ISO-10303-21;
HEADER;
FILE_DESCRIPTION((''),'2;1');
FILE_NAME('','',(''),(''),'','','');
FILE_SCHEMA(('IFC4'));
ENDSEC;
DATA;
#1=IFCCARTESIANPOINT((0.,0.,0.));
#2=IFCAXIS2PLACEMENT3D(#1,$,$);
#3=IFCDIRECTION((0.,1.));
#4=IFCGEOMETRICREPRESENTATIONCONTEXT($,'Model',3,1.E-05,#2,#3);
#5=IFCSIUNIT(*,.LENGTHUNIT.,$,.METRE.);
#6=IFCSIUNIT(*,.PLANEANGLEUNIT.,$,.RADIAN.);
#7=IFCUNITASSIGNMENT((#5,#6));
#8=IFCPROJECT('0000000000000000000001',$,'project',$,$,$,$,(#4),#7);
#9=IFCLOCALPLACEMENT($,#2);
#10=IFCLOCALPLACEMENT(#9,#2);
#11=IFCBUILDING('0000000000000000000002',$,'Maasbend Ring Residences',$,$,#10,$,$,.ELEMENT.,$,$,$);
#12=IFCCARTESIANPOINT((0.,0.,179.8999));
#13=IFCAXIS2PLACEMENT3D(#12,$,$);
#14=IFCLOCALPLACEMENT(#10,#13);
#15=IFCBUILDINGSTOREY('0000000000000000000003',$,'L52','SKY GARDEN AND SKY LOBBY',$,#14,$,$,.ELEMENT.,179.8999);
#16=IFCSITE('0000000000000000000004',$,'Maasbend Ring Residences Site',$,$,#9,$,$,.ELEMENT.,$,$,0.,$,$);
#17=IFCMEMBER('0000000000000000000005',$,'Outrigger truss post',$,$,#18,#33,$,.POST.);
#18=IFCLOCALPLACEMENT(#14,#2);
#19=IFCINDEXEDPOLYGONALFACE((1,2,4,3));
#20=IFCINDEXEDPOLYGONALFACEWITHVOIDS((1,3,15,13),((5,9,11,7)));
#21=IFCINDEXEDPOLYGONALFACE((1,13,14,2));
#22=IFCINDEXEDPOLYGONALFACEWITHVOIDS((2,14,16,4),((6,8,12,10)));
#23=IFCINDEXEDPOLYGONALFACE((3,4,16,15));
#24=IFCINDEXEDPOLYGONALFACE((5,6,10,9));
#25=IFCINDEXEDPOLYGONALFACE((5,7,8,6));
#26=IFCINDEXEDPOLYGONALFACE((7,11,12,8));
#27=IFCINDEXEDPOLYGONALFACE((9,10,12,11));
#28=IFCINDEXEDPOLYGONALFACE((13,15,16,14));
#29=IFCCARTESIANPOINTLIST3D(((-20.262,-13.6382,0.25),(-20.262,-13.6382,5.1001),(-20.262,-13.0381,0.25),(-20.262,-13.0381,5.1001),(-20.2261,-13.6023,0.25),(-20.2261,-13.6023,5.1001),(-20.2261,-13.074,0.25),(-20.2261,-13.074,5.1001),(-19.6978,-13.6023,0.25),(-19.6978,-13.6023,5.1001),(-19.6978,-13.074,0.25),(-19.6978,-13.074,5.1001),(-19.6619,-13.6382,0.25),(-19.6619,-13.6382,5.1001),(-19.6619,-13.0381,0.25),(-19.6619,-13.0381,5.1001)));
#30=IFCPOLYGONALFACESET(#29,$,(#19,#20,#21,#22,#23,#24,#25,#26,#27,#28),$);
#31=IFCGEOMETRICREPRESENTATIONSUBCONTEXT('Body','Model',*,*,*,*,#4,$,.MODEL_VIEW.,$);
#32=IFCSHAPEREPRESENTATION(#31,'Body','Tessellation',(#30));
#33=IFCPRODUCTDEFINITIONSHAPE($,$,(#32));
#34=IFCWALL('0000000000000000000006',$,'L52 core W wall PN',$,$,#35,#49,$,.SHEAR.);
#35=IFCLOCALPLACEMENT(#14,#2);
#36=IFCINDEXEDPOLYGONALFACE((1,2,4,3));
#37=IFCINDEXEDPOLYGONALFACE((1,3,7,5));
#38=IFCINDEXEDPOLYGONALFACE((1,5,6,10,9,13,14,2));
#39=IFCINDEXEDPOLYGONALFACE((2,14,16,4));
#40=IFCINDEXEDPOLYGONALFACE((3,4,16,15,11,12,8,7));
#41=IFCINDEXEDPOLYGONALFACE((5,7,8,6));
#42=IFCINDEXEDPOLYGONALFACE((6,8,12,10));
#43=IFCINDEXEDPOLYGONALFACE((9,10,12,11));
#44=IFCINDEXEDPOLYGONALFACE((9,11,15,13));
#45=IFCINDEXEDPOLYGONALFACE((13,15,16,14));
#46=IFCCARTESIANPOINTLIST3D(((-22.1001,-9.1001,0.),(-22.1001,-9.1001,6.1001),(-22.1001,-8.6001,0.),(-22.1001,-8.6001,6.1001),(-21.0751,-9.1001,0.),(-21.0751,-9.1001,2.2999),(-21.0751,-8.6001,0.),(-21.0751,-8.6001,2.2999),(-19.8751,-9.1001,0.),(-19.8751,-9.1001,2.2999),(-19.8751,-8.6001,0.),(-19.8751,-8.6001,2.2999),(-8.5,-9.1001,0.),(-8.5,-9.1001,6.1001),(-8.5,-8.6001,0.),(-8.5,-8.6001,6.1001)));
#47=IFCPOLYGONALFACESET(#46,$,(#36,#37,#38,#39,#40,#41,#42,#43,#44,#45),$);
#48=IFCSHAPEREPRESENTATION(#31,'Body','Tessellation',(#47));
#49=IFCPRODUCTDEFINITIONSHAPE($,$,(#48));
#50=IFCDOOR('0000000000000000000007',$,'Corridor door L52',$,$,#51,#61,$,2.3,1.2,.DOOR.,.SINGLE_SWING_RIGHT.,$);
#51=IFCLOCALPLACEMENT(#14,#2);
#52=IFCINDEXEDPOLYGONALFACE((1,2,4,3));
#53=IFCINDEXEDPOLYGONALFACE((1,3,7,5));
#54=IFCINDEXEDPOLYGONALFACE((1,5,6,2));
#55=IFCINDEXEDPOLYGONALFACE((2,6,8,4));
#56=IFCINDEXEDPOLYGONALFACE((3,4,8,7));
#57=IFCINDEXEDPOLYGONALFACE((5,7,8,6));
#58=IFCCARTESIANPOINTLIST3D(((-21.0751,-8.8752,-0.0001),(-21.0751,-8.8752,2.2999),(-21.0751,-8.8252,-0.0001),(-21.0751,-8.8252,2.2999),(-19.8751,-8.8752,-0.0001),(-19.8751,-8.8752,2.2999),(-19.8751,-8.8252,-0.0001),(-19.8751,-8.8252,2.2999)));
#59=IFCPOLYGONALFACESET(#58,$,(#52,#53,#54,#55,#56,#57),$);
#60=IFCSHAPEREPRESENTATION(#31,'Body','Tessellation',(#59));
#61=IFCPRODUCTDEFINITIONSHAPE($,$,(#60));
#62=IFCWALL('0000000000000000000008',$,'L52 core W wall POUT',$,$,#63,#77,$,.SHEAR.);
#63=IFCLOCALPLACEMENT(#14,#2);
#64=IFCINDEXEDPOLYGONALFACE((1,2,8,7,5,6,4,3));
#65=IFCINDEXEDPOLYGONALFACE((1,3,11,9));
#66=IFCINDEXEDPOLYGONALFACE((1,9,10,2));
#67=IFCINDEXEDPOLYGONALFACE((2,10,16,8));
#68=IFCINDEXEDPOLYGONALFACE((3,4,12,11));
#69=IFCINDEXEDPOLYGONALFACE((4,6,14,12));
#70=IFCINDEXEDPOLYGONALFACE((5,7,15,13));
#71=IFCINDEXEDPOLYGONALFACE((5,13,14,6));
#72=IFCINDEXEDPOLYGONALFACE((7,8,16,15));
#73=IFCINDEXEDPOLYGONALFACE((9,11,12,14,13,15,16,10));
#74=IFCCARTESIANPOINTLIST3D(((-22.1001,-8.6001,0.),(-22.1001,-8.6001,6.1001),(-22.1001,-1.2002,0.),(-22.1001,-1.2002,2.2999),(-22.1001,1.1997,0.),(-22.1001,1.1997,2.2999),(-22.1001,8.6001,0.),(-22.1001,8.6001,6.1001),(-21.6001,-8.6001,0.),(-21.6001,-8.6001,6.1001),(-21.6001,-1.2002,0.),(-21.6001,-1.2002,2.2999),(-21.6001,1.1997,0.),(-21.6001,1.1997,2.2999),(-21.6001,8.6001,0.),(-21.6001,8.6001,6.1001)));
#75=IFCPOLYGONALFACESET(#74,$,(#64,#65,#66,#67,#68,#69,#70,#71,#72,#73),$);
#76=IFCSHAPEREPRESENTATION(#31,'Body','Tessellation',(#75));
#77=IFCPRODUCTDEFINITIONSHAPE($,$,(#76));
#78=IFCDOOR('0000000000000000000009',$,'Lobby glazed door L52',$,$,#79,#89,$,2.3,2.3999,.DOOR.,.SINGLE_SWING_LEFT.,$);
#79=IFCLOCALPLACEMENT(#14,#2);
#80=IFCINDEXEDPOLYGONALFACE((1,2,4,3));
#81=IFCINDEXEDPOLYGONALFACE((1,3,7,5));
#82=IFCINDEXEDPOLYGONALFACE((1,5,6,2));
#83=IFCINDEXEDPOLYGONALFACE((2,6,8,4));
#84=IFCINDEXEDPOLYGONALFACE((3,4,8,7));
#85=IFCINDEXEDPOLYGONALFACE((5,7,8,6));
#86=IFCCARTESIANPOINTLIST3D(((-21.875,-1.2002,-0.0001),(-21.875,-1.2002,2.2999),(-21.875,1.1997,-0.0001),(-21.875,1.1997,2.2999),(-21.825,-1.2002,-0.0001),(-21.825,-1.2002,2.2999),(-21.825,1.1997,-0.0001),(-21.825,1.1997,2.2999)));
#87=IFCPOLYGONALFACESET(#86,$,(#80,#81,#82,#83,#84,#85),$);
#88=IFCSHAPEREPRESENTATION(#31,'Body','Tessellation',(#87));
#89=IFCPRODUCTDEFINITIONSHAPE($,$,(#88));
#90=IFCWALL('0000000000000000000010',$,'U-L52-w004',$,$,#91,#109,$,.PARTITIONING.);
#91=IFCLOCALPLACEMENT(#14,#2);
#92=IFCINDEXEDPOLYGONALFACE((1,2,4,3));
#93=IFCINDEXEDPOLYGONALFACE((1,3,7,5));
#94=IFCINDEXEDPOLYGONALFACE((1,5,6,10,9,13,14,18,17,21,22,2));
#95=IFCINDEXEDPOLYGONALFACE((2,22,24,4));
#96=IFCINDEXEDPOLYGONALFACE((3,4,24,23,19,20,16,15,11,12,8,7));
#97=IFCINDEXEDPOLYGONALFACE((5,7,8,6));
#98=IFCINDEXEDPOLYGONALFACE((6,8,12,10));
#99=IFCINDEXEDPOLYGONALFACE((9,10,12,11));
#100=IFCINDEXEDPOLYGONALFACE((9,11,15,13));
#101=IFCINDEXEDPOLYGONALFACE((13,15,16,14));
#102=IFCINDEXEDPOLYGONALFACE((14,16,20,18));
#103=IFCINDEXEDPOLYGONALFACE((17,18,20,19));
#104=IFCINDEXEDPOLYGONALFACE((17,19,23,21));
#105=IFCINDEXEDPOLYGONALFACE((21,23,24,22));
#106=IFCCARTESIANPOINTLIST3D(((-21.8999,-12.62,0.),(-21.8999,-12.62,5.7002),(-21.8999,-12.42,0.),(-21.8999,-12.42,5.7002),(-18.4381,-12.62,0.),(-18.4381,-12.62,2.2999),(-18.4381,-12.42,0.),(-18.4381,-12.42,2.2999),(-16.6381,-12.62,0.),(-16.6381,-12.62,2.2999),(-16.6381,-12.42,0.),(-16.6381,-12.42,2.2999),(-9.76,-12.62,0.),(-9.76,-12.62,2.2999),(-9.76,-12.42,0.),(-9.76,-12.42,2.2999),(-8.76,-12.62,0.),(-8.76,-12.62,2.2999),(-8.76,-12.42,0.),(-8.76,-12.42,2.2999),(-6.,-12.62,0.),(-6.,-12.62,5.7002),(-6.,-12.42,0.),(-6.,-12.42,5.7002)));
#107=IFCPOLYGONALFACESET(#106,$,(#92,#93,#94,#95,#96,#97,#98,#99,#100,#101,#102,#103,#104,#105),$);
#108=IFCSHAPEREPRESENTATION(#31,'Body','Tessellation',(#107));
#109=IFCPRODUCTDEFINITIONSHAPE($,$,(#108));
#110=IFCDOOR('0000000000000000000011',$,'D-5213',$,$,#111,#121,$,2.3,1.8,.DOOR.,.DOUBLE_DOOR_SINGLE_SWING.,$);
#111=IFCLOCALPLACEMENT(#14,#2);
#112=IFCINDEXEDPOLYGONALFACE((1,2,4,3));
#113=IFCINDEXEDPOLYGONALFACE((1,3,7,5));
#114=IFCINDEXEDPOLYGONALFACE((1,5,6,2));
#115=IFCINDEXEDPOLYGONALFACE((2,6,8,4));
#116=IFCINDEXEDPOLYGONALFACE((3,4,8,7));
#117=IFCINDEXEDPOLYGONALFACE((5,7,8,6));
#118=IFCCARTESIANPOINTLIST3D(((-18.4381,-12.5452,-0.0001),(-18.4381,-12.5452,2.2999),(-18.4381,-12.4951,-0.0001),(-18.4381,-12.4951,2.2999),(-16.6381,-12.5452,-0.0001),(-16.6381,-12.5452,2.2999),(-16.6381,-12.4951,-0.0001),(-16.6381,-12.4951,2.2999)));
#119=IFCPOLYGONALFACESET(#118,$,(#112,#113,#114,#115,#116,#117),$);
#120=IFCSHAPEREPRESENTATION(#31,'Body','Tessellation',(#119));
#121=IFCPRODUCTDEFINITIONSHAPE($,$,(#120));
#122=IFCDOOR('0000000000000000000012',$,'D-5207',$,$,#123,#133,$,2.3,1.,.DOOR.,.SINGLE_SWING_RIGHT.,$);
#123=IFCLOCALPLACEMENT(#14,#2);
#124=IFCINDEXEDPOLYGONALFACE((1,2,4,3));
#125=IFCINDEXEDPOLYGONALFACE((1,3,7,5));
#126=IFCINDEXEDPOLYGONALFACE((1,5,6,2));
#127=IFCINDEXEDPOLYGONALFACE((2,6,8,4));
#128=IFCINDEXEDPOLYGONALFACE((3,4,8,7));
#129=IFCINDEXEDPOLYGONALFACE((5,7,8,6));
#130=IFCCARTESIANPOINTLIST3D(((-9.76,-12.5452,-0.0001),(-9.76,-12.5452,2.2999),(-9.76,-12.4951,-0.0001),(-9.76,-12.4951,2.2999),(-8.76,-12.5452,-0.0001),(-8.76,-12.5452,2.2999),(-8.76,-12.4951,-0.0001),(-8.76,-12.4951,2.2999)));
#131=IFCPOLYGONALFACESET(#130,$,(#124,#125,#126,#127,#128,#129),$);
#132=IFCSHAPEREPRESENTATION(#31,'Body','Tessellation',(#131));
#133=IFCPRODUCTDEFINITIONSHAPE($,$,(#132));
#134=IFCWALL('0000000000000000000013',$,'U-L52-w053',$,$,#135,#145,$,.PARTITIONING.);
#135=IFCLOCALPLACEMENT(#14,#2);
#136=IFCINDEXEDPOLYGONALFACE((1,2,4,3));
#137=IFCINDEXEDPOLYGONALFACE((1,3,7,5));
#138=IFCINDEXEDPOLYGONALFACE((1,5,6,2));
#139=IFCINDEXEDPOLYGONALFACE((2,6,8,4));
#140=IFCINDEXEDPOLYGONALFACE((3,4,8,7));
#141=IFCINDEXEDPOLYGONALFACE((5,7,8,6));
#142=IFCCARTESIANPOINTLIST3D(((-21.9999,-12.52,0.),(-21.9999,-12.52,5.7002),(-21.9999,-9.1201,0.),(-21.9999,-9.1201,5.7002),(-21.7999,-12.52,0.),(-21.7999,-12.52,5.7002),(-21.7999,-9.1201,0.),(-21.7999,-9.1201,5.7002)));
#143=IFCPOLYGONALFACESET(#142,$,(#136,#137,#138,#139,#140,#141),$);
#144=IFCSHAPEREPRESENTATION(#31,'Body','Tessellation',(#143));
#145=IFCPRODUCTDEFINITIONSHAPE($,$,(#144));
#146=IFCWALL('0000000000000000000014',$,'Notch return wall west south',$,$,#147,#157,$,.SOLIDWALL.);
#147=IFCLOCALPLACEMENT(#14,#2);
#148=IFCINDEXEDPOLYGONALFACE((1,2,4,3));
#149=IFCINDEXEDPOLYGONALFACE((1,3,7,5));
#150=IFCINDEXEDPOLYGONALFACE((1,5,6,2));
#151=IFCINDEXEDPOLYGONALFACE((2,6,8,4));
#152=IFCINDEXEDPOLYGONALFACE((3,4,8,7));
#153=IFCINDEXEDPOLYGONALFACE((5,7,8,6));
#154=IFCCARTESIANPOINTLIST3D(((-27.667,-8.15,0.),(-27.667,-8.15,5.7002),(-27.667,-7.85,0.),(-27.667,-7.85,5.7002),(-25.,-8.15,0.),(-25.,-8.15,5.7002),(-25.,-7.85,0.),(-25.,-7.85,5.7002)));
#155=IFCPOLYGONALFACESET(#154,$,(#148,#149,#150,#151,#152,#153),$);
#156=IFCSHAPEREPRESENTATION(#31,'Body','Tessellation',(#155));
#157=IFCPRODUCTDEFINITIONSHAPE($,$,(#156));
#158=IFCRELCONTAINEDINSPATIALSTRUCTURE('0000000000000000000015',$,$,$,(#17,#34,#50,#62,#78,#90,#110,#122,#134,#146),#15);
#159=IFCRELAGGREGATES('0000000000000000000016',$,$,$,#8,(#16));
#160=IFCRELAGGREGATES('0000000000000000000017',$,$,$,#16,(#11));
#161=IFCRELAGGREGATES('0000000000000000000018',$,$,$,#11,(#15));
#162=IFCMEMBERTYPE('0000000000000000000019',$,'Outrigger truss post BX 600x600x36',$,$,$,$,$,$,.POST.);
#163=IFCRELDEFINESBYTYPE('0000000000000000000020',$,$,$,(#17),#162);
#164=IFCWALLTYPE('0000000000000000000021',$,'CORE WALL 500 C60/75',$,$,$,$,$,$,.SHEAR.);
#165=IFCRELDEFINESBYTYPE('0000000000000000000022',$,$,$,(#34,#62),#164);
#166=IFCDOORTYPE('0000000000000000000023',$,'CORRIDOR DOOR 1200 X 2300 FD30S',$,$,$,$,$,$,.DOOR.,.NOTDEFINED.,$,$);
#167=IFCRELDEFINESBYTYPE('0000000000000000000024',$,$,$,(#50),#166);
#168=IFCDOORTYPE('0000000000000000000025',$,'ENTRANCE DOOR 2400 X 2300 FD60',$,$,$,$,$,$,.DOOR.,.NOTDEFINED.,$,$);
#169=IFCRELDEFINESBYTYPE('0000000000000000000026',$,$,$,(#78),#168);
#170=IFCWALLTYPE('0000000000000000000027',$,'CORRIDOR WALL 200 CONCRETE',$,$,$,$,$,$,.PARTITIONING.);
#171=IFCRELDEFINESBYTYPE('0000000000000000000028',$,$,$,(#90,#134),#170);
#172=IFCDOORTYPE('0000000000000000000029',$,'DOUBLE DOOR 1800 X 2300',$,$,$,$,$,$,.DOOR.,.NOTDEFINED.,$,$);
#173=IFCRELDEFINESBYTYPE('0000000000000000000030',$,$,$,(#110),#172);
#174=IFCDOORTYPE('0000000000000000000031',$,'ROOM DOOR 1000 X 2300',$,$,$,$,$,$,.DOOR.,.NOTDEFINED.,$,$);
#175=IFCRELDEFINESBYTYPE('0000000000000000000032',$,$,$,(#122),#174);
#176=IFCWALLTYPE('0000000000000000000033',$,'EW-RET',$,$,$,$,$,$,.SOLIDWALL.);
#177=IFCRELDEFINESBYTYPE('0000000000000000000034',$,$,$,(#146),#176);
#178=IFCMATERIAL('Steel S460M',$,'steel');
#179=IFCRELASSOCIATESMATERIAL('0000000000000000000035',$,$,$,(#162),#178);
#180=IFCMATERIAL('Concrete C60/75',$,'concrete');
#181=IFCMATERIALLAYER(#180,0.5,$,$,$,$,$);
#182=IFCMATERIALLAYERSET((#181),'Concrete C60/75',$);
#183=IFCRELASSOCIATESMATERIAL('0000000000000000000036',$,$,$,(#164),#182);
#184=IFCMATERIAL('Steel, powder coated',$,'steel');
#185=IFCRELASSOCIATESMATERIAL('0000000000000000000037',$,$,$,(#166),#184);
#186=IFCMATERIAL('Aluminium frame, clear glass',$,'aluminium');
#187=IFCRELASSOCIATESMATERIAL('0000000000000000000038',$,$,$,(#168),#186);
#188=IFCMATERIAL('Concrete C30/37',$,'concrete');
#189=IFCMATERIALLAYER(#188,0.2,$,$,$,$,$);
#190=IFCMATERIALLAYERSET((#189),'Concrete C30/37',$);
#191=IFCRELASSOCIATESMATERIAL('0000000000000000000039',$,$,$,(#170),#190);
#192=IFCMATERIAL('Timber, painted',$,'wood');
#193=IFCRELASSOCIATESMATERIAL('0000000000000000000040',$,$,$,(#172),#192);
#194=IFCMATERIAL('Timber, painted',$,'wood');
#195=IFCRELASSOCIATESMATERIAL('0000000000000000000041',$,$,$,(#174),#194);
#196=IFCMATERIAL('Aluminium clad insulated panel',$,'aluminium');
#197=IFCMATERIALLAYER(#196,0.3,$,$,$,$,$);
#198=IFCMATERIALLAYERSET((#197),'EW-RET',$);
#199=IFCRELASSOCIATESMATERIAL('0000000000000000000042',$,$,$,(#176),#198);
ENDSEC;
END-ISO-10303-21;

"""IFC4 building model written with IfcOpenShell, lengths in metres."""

from ifc_helpers import new_model, si_unit, direction, frame, frame_2d, origin, origin_2d, place, context, subcontext, project, spatial, rectangle, hollow_rectangle, extrude, material, layer, layer_set, material_profile, profile_set, type_object, element, fill, save


model = new_model("IFC4")

# Units and contexts
model_context = context("Model", 3, precision=1e-05, world=origin(), true_north=direction((0.0, 1.0)))
body_context = subcontext(model_context, "Body", "Model", "MODEL_VIEW")
ifc_project = project(units=[si_unit("LENGTHUNIT", "METRE"), si_unit("PLANEANGLEUNIT", "RADIAN")], contexts=[model_context])

# Site, building, storey
site_placement = place(None, origin())
site = spatial("IfcSite", under=ifc_project, at=site_placement, Name="Maasbend Ring Residences Site", CompositionType="ELEMENT", RefElevation=0.0)
building_placement = place(site_placement, origin())
building = spatial("IfcBuilding", under=site, at=building_placement, Name="Maasbend Ring Residences", CompositionType="ELEMENT")
storey_placement = place(building_placement, frame((0.0, 0.0, 179.8999)))
storey = spatial("IfcBuildingStorey", under=building, at=storey_placement, Name="L52", Description="SKY GARDEN AND SKY LOBBY", CompositionType="ELEMENT", Elevation=179.8999)

# Member
ifc_material_1 = material(Name="Steel S460M", Category="steel")
ifc_material_profile_1 = material_profile(ifc_material_1, hollow_rectangle(XDim=0.6001, YDim=0.6001, WallThickness=0.0359, at=origin_2d()), Name="Outrigger truss post BX 600x600x36")
ifc_profile_set_1 = profile_set([ifc_material_profile_1], Name="Steel S460M")
member_type_1 = type_object("IfcMemberType", Name="Outrigger truss post BX 600x600x36", PredefinedType="POST", material=ifc_profile_set_1)
member_1_placement = place(storey_placement, frame((-19.9619, -13.3381, 0.25), z_axis=(0.0, 0.0, 1.0), x_axis=(1.0, 0.0, 0.0)))
element("IfcMember", 1, at=member_1_placement, inside=storey, type_object=member_type_1, Name="Outrigger truss post", PredefinedType="POST", context=body_context, shape_type="SweptSolid", body=[
    extrude(hollow_rectangle(XDim=0.6001, YDim=0.6001, WallThickness=0.0359, at=origin_2d()), origin(), (0.0, 0.0, 1.0), 4.8501),
])

# Walls, openings, doors
ifc_material_2 = material(Name="Concrete C60/75", Category="concrete")
ifc_layer_1 = layer(ifc_material_2, 0.5)
ifc_layer_set_1 = layer_set([ifc_layer_1], Name="Concrete C60/75")
wall_type_1 = type_object("IfcWallType", Name="CORE WALL 500 C60/75", PredefinedType="SHEAR", material=ifc_layer_set_1)
wall_1_placement = place(storey_placement, frame((-22.1001, -8.8501, 0.0), z_axis=(0.0, 0.0, 1.0), x_axis=(1.0, 0.0, 0.0)))
wall_1 = element("IfcWall", 2, at=wall_1_placement, inside=storey, type_object=wall_type_1, Name="L52 core W wall PN", PredefinedType="SHEAR", context=body_context, shape_type="SweptSolid", body=[
    extrude(rectangle(XDim=13.6001, YDim=0.5, at=frame_2d((6.8, 0.0))), origin(), (0.0, 0.0, 1.0), 6.1001),
])
opening_1_placement = place(wall_1_placement, frame((1.0249, 0.0, 0.0)))
opening_1 = element("IfcOpeningElement", 3, at=opening_1_placement, cuts=wall_1, PredefinedType="OPENING", context=body_context, shape_type="SweptSolid", body=[
    extrude(rectangle(XDim=1.2, YDim=2.3, at=frame_2d((0.6001, 1.1499))), frame((0.0, 0.26, 0.0), z_axis=(0.0, -1.0, 0.0), x_axis=(1.0, 0.0, 0.0)), (0.0, 0.0, 1.0), 0.52),
])
ifc_material_3 = material(Name="Steel, powder coated", Category="steel")
door_type_1 = type_object("IfcDoorType", Name="CORRIDOR DOOR 1200 X 2300 FD30S", OperationType="NOTDEFINED", PredefinedType="DOOR", material=ifc_material_3)
door_1_placement = place(opening_1_placement, origin())
door_1 = element("IfcDoor", 4, at=door_1_placement, inside=storey, type_object=door_type_1, Name="Corridor door L52", OperationType="SINGLE_SWING_RIGHT", OverallHeight=2.3, OverallWidth=1.2, PredefinedType="DOOR", context=body_context, shape_type="SweptSolid", body=[
    extrude(rectangle(XDim=1.2, YDim=2.3, at=frame_2d((0.6001, 1.1499))), frame((0.0, 0.0249, 0.0), z_axis=(0.0, -1.0, 0.0), x_axis=(1.0, 0.0, 0.0)), (0.0, 0.0, 1.0), 0.05),
])
fill(opening_1, door_1)
wall_2_placement = place(storey_placement, frame((-21.8501, -8.6001, 0.0), z_axis=(0.0, 0.0, 1.0), x_axis=(0.0, 1.0, 0.0)))
wall_2 = element("IfcWall", 5, at=wall_2_placement, inside=storey, type_object=wall_type_1, Name="L52 core W wall POUT", PredefinedType="SHEAR", context=body_context, shape_type="SweptSolid", body=[
    extrude(rectangle(XDim=17.2002, YDim=0.5, at=frame_2d((8.6001, 0.0))), origin(), (0.0, 0.0, 1.0), 6.1001),
])
opening_2_placement = place(wall_2_placement, frame((7.3999, 0.0, 0.0)))
opening_2 = element("IfcOpeningElement", 6, at=opening_2_placement, cuts=wall_2, PredefinedType="OPENING", context=body_context, shape_type="SweptSolid", body=[
    extrude(rectangle(XDim=2.3999, YDim=2.3, at=frame_2d((1.2, 1.1499))), frame((0.0, 0.26, 0.0), z_axis=(0.0, -1.0, 0.0), x_axis=(1.0, 0.0, 0.0)), (0.0, 0.0, 1.0), 0.52),
])
ifc_material_4 = material(Name="Aluminium frame, clear glass", Category="aluminium")
door_type_2 = type_object("IfcDoorType", Name="ENTRANCE DOOR 2400 X 2300 FD60", OperationType="NOTDEFINED", PredefinedType="DOOR", material=ifc_material_4)
door_2_placement = place(opening_2_placement, origin())
door_2 = element("IfcDoor", 7, at=door_2_placement, inside=storey, type_object=door_type_2, Name="Lobby glazed door L52", OperationType="SINGLE_SWING_LEFT", OverallHeight=2.3, OverallWidth=2.3999, PredefinedType="DOOR", context=body_context, shape_type="SweptSolid", body=[
    extrude(rectangle(XDim=2.3999, YDim=2.3, at=frame_2d((1.2, 1.1499))), frame((0.0, 0.0249, 0.0), z_axis=(0.0, -1.0, 0.0), x_axis=(1.0, 0.0, 0.0)), (0.0, 0.0, 1.0), 0.05),
])
fill(opening_2, door_2)

# Wall, openings, doors
ifc_material_5 = material(Name="Concrete C30/37", Category="concrete")
ifc_layer_2 = layer(ifc_material_5, 0.2)
ifc_layer_set_2 = layer_set([ifc_layer_2], Name="Concrete C30/37")
wall_type_2 = type_object("IfcWallType", Name="CORRIDOR WALL 200 CONCRETE", PredefinedType="PARTITIONING", material=ifc_layer_set_2)
wall_3_placement = place(storey_placement, frame((-21.8999, -12.52, 0.0), z_axis=(0.0, 0.0, 1.0), x_axis=(1.0, 0.0, 0.0)))
wall_3 = element("IfcWall", 8, at=wall_3_placement, inside=storey, type_object=wall_type_2, Name="U-L52-w004", PredefinedType="PARTITIONING", context=body_context, shape_type="SweptSolid", body=[
    extrude(rectangle(XDim=15.8999, YDim=0.2, at=frame_2d((7.95, 0.0))), origin(), (0.0, 0.0, 1.0), 5.7002),
])
opening_3_placement = place(wall_3_placement, frame((12.1399, 0.0, 0.0)))
opening_3 = element("IfcOpeningElement", 9, at=opening_3_placement, cuts=wall_3, PredefinedType="OPENING", context=body_context, shape_type="SweptSolid", body=[
    extrude(rectangle(XDim=1.0, YDim=2.3, at=frame_2d((0.5, 1.1499))), frame((0.0, 0.1099, 0.0), z_axis=(0.0, -1.0, 0.0), x_axis=(1.0, 0.0, 0.0)), (0.0, 0.0, 1.0), 0.22),
])
opening_4_placement = place(wall_3_placement, frame((3.4619, 0.0, 0.0)))
opening_4 = element("IfcOpeningElement", 10, at=opening_4_placement, cuts=wall_3, PredefinedType="OPENING", context=body_context, shape_type="SweptSolid", body=[
    extrude(rectangle(XDim=1.8, YDim=2.3, at=frame_2d((0.8999, 1.1499))), frame((0.0, 0.1099, 0.0), z_axis=(0.0, -1.0, 0.0), x_axis=(1.0, 0.0, 0.0)), (0.0, 0.0, 1.0), 0.22),
])
ifc_material_6 = material(Name="Timber, painted", Category="wood")
door_type_3 = type_object("IfcDoorType", Name="DOUBLE DOOR 1800 X 2300", OperationType="NOTDEFINED", PredefinedType="DOOR", material=ifc_material_6)
door_3_placement = place(opening_4_placement, origin())
door_3 = element("IfcDoor", 11, at=door_3_placement, inside=storey, type_object=door_type_3, Name="D-5213", OperationType="DOUBLE_DOOR_SINGLE_SWING", OverallHeight=2.3, OverallWidth=1.8, PredefinedType="DOOR", context=body_context, shape_type="SweptSolid", body=[
    extrude(rectangle(XDim=1.8, YDim=2.3, at=frame_2d((0.8999, 1.1499))), frame((0.0, 0.0249, 0.0), z_axis=(0.0, -1.0, 0.0), x_axis=(1.0, 0.0, 0.0)), (0.0, 0.0, 1.0), 0.05),
])
fill(opening_4, door_3)
ifc_material_7 = material(Name="Timber, painted", Category="wood")
door_type_4 = type_object("IfcDoorType", Name="ROOM DOOR 1000 X 2300", OperationType="NOTDEFINED", PredefinedType="DOOR", material=ifc_material_7)
door_4_placement = place(opening_3_placement, origin())
door_4 = element("IfcDoor", 12, at=door_4_placement, inside=storey, type_object=door_type_4, Name="D-5207", OperationType="SINGLE_SWING_RIGHT", OverallHeight=2.3, OverallWidth=1.0, PredefinedType="DOOR", context=body_context, shape_type="SweptSolid", body=[
    extrude(rectangle(XDim=1.0, YDim=2.3, at=frame_2d((0.5, 1.1499))), frame((0.0, 0.0249, 0.0), z_axis=(0.0, -1.0, 0.0), x_axis=(1.0, 0.0, 0.0)), (0.0, 0.0, 1.0), 0.05),
])
fill(opening_3, door_4)

# Walls
wall_4_placement = place(storey_placement, frame((-21.8999, -12.52, 0.0), z_axis=(0.0, 0.0, 1.0), x_axis=(0.0, 1.0, 0.0)))
element("IfcWall", 13, at=wall_4_placement, inside=storey, type_object=wall_type_2, Name="U-L52-w053", PredefinedType="PARTITIONING", context=body_context, shape_type="SweptSolid", body=[
    extrude(rectangle(XDim=3.3999, YDim=0.2, at=frame_2d((1.7, 0.0))), origin(), (0.0, 0.0, 1.0), 5.7002),
])
ifc_material_8 = material(Name="Aluminium clad insulated panel", Category="aluminium")
ifc_layer_3 = layer(ifc_material_8, 0.3)
ifc_layer_set_3 = layer_set([ifc_layer_3], Name="EW-RET")
wall_type_3 = type_object("IfcWallType", Name="EW-RET", PredefinedType="SOLIDWALL", material=ifc_layer_set_3)
wall_5_placement = place(storey_placement, frame((-25.0, -8.0, 0.0), z_axis=(0.0, 0.0, 1.0), x_axis=(-1.0, 0.0, 0.0)))
element("IfcWall", 14, at=wall_5_placement, inside=storey, type_object=wall_type_3, Name="Notch return wall west south", PredefinedType="SOLIDWALL", context=body_context, shape_type="SweptSolid", body=[
    extrude(rectangle(XDim=2.667, YDim=0.3, at=frame_2d((1.3335, 0.0))), origin(), (0.0, 0.0, 1.0), 5.7002),
])

save(model, "model.ifc")
